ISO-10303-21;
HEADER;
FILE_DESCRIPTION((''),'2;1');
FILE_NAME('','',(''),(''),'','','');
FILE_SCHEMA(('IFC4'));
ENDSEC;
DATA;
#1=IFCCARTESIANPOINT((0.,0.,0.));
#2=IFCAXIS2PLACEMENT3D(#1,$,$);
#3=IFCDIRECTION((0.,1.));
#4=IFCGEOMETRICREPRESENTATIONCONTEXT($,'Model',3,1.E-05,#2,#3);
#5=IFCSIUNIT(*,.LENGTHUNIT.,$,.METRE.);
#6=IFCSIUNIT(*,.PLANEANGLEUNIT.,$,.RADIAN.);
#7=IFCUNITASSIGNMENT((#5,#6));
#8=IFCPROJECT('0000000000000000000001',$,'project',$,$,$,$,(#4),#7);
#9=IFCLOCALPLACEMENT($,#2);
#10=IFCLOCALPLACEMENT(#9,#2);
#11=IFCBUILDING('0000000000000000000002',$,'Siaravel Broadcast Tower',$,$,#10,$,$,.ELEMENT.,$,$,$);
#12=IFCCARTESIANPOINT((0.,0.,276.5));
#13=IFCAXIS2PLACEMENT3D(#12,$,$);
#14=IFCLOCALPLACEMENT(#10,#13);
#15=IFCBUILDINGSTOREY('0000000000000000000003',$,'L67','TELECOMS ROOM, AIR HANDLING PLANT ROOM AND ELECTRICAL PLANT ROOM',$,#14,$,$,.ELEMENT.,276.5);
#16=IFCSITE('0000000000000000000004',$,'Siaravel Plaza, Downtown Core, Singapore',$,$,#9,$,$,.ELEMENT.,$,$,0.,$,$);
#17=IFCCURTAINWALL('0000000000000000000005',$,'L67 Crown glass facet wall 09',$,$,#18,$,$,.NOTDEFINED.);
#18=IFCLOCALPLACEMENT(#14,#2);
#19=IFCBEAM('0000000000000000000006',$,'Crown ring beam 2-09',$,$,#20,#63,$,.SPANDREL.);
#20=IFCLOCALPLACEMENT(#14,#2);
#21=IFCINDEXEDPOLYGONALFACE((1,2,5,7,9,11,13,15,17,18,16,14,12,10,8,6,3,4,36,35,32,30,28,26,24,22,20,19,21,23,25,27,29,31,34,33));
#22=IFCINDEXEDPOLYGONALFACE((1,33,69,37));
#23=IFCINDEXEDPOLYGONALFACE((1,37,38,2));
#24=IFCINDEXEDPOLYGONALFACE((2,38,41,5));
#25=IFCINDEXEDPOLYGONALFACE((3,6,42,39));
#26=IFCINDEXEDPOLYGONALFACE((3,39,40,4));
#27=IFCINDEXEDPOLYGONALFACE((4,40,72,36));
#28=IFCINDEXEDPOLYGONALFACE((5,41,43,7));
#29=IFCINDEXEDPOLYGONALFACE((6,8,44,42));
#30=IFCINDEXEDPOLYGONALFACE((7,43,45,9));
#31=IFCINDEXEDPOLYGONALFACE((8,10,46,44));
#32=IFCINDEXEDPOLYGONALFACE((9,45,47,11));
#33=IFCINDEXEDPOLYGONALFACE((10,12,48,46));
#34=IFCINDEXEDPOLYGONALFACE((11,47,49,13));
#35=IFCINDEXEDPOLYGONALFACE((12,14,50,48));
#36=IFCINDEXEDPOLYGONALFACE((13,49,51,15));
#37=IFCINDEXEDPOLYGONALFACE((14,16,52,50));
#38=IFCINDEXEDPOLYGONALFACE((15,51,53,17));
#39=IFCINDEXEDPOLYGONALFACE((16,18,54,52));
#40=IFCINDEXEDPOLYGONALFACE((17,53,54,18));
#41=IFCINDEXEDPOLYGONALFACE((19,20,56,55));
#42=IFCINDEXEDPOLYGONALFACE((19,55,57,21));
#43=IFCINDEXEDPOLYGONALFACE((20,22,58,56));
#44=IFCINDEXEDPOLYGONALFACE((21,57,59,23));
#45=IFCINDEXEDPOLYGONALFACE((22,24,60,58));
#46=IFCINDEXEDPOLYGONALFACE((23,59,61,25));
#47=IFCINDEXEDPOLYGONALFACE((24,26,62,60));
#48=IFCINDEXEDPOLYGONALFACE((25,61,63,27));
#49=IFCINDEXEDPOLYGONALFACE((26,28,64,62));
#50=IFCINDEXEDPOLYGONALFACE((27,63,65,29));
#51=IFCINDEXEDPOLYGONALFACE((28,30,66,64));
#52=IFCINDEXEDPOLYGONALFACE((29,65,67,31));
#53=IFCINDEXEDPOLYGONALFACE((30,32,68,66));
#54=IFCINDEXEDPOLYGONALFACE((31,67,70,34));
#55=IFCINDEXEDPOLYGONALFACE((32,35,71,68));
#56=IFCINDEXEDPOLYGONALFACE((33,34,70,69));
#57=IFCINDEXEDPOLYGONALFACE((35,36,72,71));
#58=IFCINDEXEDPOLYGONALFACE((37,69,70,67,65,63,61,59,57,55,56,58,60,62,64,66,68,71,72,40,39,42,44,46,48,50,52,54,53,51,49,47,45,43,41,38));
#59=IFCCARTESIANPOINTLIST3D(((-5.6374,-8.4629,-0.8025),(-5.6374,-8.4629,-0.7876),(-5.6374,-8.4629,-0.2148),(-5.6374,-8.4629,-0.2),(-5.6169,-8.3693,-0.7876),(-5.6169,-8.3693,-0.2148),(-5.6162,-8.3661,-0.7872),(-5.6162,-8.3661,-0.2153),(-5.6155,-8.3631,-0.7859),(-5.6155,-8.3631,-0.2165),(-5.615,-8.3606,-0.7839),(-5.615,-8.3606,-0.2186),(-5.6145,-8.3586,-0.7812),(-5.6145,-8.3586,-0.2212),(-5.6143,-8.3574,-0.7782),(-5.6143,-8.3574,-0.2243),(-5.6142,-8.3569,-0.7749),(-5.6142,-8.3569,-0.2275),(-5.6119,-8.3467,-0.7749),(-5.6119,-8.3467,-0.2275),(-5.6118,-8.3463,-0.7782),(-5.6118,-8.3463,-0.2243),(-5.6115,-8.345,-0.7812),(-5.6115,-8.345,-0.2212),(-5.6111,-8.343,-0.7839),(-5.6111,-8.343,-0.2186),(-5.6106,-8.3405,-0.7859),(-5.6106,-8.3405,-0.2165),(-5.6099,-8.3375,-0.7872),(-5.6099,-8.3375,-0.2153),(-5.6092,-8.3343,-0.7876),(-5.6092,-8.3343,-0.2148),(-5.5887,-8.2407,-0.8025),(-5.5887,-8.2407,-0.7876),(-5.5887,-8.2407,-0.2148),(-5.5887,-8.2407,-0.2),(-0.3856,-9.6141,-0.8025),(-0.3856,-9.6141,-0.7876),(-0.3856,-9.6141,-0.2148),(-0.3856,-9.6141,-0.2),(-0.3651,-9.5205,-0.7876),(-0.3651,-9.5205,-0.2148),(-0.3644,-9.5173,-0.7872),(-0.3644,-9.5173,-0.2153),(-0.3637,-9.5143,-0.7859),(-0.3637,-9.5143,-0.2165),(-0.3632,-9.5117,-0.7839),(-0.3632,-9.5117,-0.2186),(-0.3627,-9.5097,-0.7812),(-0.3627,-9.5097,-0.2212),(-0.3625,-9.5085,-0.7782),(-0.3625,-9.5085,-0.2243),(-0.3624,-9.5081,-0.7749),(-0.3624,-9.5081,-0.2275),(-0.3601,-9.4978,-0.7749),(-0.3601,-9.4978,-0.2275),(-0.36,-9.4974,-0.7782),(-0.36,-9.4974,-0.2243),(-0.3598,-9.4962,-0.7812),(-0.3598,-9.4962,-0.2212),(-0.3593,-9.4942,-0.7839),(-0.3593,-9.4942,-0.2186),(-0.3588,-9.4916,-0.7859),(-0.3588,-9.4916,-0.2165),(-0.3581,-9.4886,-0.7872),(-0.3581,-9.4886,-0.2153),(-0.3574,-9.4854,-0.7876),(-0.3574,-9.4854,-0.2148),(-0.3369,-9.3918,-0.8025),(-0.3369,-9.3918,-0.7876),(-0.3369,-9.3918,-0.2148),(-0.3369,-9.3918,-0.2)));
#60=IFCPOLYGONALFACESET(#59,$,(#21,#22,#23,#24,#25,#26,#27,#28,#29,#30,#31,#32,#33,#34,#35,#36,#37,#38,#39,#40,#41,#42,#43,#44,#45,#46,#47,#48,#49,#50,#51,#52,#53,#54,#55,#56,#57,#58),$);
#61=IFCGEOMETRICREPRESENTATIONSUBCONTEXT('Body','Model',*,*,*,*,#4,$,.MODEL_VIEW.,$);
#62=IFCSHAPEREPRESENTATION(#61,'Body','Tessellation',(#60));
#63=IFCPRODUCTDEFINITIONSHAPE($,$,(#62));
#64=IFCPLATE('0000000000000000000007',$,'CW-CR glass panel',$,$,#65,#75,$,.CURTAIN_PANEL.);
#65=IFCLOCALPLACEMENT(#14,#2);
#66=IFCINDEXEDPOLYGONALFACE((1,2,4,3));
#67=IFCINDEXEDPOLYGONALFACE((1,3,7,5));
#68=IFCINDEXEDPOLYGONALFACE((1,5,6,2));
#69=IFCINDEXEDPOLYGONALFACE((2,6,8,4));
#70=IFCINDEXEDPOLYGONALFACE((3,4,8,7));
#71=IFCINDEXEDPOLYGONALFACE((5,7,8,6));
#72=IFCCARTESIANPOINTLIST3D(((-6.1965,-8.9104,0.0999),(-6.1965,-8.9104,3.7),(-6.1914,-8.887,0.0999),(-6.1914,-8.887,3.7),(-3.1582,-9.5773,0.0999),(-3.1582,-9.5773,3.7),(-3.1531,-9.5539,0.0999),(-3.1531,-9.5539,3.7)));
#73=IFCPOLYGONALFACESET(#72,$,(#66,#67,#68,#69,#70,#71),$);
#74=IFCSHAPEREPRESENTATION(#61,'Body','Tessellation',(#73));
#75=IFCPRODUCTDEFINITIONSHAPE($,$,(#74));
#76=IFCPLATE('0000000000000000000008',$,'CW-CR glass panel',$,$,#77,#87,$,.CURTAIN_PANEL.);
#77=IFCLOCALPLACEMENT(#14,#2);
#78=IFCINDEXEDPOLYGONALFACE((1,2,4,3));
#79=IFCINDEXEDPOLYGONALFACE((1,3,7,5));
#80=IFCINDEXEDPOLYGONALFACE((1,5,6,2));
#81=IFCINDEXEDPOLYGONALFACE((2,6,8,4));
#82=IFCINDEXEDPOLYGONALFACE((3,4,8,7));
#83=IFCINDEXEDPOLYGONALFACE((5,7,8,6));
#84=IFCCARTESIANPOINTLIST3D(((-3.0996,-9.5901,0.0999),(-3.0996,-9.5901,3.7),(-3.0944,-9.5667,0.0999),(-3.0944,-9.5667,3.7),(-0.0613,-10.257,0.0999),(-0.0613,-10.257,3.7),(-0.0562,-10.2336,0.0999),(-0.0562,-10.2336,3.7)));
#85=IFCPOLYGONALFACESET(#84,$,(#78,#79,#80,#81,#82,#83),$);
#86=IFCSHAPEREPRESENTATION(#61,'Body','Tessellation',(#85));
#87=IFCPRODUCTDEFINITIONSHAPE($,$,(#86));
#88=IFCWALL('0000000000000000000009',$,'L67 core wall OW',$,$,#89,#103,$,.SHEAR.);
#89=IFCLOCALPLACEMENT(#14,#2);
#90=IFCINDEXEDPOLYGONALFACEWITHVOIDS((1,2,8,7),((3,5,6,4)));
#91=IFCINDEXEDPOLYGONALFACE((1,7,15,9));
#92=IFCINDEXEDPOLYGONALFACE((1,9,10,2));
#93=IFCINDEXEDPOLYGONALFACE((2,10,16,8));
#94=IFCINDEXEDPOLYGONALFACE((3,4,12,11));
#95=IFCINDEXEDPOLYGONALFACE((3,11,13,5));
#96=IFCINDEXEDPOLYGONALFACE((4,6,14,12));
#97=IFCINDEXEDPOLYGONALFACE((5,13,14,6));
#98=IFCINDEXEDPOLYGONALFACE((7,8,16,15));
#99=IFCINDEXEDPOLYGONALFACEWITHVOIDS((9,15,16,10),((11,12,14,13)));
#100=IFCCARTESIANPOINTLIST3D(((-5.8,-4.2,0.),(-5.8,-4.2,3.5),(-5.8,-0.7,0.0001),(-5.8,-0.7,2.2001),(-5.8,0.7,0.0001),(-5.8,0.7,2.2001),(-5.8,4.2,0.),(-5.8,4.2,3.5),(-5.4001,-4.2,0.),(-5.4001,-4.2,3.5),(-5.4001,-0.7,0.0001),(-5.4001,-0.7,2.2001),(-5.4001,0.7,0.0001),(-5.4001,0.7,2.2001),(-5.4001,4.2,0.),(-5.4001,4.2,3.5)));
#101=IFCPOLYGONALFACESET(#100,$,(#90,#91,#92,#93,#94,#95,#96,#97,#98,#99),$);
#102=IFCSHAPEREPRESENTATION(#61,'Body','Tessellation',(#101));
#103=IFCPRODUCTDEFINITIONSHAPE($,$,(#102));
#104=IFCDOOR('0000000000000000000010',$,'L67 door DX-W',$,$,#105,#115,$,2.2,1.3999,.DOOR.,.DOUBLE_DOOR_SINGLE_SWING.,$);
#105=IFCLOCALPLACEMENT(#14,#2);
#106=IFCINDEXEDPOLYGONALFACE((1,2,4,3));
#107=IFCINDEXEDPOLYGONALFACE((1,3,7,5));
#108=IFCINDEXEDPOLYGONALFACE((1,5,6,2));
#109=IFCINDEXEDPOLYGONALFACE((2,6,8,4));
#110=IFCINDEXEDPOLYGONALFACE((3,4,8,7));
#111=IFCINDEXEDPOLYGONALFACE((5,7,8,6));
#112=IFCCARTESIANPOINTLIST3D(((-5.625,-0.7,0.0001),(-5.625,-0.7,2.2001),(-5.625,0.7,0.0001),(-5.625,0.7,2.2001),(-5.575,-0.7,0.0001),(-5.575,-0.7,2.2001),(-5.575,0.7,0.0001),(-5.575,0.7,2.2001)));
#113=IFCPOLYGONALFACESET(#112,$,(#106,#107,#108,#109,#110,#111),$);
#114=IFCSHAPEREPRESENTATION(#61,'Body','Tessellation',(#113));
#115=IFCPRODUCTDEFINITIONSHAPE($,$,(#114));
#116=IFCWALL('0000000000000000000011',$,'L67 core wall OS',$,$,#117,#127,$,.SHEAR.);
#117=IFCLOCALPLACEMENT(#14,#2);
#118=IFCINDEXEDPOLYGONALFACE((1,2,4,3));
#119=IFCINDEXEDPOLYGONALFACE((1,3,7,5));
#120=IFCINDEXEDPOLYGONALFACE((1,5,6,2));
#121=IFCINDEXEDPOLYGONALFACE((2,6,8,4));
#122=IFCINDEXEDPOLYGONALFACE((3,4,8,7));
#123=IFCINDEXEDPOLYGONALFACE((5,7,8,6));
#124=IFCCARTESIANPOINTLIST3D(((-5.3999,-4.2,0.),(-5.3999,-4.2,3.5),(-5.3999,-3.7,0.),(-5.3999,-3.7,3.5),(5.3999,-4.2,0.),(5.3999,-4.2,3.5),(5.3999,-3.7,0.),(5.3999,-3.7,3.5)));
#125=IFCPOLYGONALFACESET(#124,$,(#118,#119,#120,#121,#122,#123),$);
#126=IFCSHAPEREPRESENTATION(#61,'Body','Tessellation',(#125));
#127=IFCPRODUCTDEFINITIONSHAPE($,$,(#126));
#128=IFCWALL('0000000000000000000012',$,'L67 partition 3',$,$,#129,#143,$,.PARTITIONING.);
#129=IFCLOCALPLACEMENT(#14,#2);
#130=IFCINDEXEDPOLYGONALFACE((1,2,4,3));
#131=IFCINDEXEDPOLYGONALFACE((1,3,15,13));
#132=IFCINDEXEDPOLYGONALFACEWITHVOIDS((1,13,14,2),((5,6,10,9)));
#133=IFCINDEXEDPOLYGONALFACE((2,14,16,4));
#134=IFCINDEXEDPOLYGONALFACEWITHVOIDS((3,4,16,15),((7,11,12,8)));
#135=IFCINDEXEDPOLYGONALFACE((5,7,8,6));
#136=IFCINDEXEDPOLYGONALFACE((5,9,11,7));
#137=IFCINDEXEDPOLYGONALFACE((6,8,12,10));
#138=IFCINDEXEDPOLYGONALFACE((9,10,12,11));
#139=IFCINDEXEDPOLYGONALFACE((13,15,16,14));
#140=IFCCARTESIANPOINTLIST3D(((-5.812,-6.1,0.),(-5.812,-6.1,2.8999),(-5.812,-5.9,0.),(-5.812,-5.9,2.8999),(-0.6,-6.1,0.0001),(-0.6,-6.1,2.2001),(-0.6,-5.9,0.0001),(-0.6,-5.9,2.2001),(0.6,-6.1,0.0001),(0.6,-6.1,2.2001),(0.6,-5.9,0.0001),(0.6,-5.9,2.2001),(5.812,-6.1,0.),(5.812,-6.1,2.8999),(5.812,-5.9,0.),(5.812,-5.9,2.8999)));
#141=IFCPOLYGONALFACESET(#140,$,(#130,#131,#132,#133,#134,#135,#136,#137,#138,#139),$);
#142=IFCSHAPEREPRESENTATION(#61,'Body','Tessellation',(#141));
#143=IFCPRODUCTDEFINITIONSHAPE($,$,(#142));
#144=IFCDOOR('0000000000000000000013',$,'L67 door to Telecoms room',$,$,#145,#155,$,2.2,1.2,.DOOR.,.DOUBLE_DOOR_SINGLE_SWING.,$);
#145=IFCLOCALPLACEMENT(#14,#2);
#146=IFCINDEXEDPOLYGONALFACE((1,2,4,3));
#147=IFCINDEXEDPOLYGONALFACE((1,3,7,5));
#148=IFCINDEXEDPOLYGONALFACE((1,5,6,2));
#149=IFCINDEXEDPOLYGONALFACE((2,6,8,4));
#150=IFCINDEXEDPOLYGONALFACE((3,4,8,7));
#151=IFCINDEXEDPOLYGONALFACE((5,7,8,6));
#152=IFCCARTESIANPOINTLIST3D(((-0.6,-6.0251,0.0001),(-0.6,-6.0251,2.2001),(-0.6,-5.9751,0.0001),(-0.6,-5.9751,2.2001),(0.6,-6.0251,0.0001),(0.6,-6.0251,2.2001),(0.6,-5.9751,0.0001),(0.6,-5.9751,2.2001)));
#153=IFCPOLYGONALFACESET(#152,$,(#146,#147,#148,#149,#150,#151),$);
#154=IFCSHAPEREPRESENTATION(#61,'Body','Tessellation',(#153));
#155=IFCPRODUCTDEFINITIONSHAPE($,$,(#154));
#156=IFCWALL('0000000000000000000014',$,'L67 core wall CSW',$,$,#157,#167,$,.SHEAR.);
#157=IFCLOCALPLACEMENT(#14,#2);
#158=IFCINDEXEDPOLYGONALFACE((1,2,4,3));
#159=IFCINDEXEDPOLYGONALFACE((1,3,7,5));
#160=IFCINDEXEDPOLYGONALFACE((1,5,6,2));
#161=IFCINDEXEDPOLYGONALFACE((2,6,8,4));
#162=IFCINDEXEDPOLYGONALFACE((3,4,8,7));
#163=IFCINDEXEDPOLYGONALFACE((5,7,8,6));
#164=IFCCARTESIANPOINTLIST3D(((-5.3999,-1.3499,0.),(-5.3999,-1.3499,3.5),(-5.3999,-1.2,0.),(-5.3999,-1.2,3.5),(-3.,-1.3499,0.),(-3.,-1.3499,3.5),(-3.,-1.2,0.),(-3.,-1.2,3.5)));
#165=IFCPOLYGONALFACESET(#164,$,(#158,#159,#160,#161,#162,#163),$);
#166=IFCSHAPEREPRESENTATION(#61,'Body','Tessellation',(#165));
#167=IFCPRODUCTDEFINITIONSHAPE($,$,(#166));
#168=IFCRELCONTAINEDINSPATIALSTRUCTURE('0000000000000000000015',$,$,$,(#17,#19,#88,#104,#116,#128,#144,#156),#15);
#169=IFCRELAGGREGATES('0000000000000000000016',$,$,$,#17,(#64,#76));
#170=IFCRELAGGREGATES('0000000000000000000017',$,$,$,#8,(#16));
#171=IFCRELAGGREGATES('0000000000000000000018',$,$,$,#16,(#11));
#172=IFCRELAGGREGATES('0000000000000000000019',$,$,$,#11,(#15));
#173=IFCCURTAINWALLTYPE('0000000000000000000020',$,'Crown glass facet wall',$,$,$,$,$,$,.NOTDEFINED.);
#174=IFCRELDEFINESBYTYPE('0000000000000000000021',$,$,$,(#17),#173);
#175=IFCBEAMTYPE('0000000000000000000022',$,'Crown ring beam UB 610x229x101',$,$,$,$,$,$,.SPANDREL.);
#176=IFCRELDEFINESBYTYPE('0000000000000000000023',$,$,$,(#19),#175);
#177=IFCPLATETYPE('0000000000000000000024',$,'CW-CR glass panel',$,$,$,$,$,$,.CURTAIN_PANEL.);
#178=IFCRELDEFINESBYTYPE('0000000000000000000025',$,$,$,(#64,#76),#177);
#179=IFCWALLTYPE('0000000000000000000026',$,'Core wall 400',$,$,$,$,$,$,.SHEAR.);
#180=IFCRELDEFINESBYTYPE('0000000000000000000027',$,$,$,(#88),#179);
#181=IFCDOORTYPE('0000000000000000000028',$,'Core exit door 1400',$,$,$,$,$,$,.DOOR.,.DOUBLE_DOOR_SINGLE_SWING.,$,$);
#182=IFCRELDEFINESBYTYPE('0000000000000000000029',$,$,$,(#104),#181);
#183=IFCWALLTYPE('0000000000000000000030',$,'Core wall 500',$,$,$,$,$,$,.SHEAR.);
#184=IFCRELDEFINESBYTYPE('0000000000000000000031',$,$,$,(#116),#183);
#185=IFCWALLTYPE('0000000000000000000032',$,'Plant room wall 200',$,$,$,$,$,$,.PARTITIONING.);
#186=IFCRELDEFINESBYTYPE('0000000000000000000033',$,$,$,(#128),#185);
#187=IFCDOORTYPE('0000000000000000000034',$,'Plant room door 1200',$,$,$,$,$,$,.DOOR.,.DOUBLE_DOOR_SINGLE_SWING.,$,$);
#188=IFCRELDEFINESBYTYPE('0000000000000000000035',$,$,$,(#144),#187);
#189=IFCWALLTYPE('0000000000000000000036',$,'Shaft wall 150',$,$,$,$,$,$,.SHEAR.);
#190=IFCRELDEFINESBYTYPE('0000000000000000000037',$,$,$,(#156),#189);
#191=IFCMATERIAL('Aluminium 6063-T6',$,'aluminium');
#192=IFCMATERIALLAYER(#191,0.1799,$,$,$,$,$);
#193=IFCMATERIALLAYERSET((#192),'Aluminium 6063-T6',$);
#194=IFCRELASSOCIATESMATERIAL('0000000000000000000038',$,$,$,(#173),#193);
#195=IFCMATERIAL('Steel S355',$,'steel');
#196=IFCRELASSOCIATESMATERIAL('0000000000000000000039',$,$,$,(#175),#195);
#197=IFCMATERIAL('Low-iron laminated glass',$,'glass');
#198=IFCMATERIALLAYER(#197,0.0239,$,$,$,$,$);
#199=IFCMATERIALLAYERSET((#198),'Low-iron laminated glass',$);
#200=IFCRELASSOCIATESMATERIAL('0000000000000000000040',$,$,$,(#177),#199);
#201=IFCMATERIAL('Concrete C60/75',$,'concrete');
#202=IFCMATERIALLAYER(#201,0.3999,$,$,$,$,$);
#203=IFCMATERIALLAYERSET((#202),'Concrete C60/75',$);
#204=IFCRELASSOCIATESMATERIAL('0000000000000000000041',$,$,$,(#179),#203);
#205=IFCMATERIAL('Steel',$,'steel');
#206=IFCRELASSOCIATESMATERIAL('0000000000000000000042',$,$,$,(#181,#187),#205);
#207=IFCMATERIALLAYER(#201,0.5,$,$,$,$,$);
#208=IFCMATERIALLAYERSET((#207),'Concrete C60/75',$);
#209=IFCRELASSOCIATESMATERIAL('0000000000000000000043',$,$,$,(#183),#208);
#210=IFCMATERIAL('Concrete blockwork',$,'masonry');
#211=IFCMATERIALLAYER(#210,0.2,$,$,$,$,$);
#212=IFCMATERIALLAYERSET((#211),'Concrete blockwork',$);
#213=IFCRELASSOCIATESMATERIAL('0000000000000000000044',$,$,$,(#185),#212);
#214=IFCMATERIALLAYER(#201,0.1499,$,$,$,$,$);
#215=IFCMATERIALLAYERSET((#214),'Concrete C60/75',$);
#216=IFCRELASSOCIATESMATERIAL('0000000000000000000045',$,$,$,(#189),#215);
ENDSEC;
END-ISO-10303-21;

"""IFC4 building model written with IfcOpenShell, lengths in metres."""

from ifc_helpers import new_model, si_unit, direction, frame, frame_2d, origin, origin_2d, place, context, subcontext, project, spatial, rectangle, i_section, extrude, material, layer, layer_set, material_profile, profile_set, type_object, element, fill, aggregate, save


model = new_model("IFC4")

# Units and contexts
model_context = context("Model", 3, precision=1e-05, world=origin(), true_north=direction((0.0, 1.0)))
body_context = subcontext(model_context, "Body", "Model", "MODEL_VIEW")
ifc_project = project(units=[si_unit("LENGTHUNIT", "METRE"), si_unit("PLANEANGLEUNIT", "RADIAN")], contexts=[model_context])

# Site, building, storey
site_placement = place(None, origin())
site = spatial("IfcSite", under=ifc_project, at=site_placement, Name="Siaravel Plaza, Downtown Core, Singapore", CompositionType="ELEMENT", RefElevation=0.0)
building_placement = place(site_placement, origin())
building = spatial("IfcBuilding", under=site, at=building_placement, Name="Siaravel Broadcast Tower", CompositionType="ELEMENT")
storey_placement = place(building_placement, frame((0.0, 0.0, 276.5)))
storey = spatial("IfcBuildingStorey", under=building, at=storey_placement, Name="L67", Description="TELECOMS ROOM, AIR HANDLING PLANT ROOM AND ELECTRICAL PLANT ROOM", CompositionType="ELEMENT", Elevation=276.5)

# Curtain wall
ifc_material_1 = material(Name="Aluminium 6063-T6", Category="aluminium")
ifc_layer_1 = layer(ifc_material_1, 0.1799)
ifc_layer_set_1 = layer_set([ifc_layer_1], Name="Aluminium 6063-T6")
curtain_wall_type = type_object("IfcCurtainWallType", Name="Crown glass facet wall", PredefinedType="NOTDEFINED", material=ifc_layer_set_1)
curtain_wall_placement = place(storey_placement, origin())
curtain_wall = element("IfcCurtainWall", 1, at=curtain_wall_placement, inside=storey, type_object=curtain_wall_type, Name="L67 Crown glass facet wall 09", PredefinedType="NOTDEFINED")

# Beam
ifc_material_2 = material(Name="Steel S355", Category="steel")
ifc_material_profile_1 = material_profile(ifc_material_2, i_section(OverallWidth=0.2275, OverallDepth=0.6025, WebThickness=0.0105, FlangeThickness=0.0149, FilletRadius=0.0127, at=origin_2d()))
ifc_profile_set_1 = profile_set([ifc_material_profile_1], Name="Steel S355")
beam_type_1 = type_object("IfcBeamType", Name="Crown ring beam UB 610x229x101", PredefinedType="SPANDREL", material=ifc_profile_set_1)
beam_1_placement = place(storey_placement, frame((-5.613, -8.3518, -0.5012), z_axis=(0.97681, -0.214107, 0.0), x_axis=(0.214107, 0.97681, 0.0)))
element("IfcBeam", 2, at=beam_1_placement, inside=storey, type_object=beam_type_1, Name="Crown ring beam 2-09", PredefinedType="SPANDREL", context=body_context, shape_type="SweptSolid", body=[
    extrude(i_section(OverallWidth=0.2275, OverallDepth=0.6025, WebThickness=0.0105, FlangeThickness=0.0149, FilletRadius=0.0127, at=origin_2d()), origin(), (0.0, 0.0, 1.0), 5.3765),
])

# Plates
ifc_material_3 = material(Name="Low-iron laminated glass", Category="glass")
ifc_layer_2 = layer(ifc_material_3, 0.0239)
ifc_layer_set_2 = layer_set([ifc_layer_2], Name="Low-iron laminated glass")
plate_type = type_object("IfcPlateType", Name="CW-CR glass panel", PredefinedType="CURTAIN_PANEL", material=ifc_layer_set_2)
plate_1_placement = place(storey_placement, frame((-4.6748, -9.2322, 0.0999), z_axis=(0.0, 0.0, 1.0), x_axis=(0.976747, -0.214394, 0.0)))
plate_1 = element("IfcPlate", 3, at=plate_1_placement, type_object=plate_type, Name="CW-CR glass panel", PredefinedType="CURTAIN_PANEL", context=body_context, shape_type="SweptSolid", body=[
    extrude(rectangle(XDim=3.1106, YDim=0.0239, at=origin_2d()), origin(), (0.0, 0.0, 1.0), 3.6001),
])
plate_2_placement = place(storey_placement, frame((-1.5779, -9.9119, 0.0999), z_axis=(0.0, 0.0, 1.0), x_axis=(0.976747, -0.214394, 0.0)))
plate_2 = element("IfcPlate", 4, at=plate_2_placement, type_object=plate_type, Name="CW-CR glass panel", PredefinedType="CURTAIN_PANEL", context=body_context, shape_type="SweptSolid", body=[
    extrude(rectangle(XDim=3.1106, YDim=0.0239, at=origin_2d()), origin(), (0.0, 0.0, 1.0), 3.6001),
])
aggregate(curtain_wall, [plate_1, plate_2])

# Wall, opening, door
ifc_material_4 = material(Name="Concrete C60/75", Category="concrete")
ifc_layer_3 = layer(ifc_material_4, 0.3999)
ifc_layer_set_3 = layer_set([ifc_layer_3], Name="Concrete C60/75")
wall_type_1 = type_object("IfcWallType", Name="Core wall 400", PredefinedType="SHEAR", material=ifc_layer_set_3)
wall_1_placement = place(storey_placement, frame((-5.6001, -4.2, 0.0), z_axis=(0.0, 0.0, 1.0), x_axis=(0.0, 1.0, 0.0)))
wall_1 = element("IfcWall", 5, at=wall_1_placement, inside=storey, type_object=wall_type_1, Name="L67 core wall OW", PredefinedType="SHEAR", context=body_context, shape_type="SweptSolid", body=[
    extrude(rectangle(XDim=8.3999, YDim=0.3999, at=frame_2d((4.2, 0.0))), origin(), (0.0, 0.0, 1.0), 3.5),
])
opening_1_placement = place(wall_1_placement, frame((3.5, 0.0, 0.0)))
opening_1 = element("IfcOpeningElement", 6, at=opening_1_placement, cuts=wall_1, PredefinedType="OPENING", context=body_context, shape_type="SweptSolid", body=[
    extrude(rectangle(XDim=1.3999, YDim=2.2, at=frame_2d((0.7, 1.1001))), frame((0.0, 0.21, 0.0), z_axis=(0.0, -1.0, 0.0), x_axis=(1.0, 0.0, 0.0)), (0.0, 0.0, 1.0), 0.4199),
])
ifc_material_5 = material(Name="Steel", Category="steel")
door_type_1 = type_object("IfcDoorType", Name="Core exit door 1400", OperationType="DOUBLE_DOOR_SINGLE_SWING", PredefinedType="DOOR", material=ifc_material_5)
door_1_placement = place(opening_1_placement, origin())
door_1 = element("IfcDoor", 7, at=door_1_placement, inside=storey, type_object=door_type_1, Name="L67 door DX-W", OperationType="DOUBLE_DOOR_SINGLE_SWING", OverallHeight=2.2, OverallWidth=1.3999, PredefinedType="DOOR", context=body_context, shape_type="SweptSolid", body=[
    extrude(rectangle(XDim=1.3999, YDim=2.2, at=frame_2d((0.7, 1.1001))), frame((0.0, 0.0249, 0.0), z_axis=(0.0, -1.0, 0.0), x_axis=(1.0, 0.0, 0.0)), (0.0, 0.0, 1.0), 0.05),
])
fill(opening_1, door_1)

# Wall
ifc_layer_4 = layer(ifc_material_4, 0.5)
ifc_layer_set_4 = layer_set([ifc_layer_4], Name="Concrete C60/75")
wall_type_2 = type_object("IfcWallType", Name="Core wall 500", PredefinedType="SHEAR", material=ifc_layer_set_4)
wall_2_placement = place(storey_placement, frame((-5.3999, -3.95, 0.0), z_axis=(0.0, 0.0, 1.0), x_axis=(1.0, 0.0, 0.0)))
element("IfcWall", 8, at=wall_2_placement, inside=storey, type_object=wall_type_2, Name="L67 core wall OS", PredefinedType="SHEAR", context=body_context, shape_type="SweptSolid", body=[
    extrude(rectangle(XDim=10.7998, YDim=0.5, at=frame_2d((5.3999, 0.0))), origin(), (0.0, 0.0, 1.0), 3.5),
])

# Wall, opening, door
ifc_material_6 = material(Name="Concrete blockwork", Category="masonry")
ifc_layer_5 = layer(ifc_material_6, 0.2)
ifc_layer_set_5 = layer_set([ifc_layer_5], Name="Concrete blockwork")
wall_type_3 = type_object("IfcWallType", Name="Plant room wall 200", PredefinedType="PARTITIONING", material=ifc_layer_set_5)
wall_3_placement = place(storey_placement, frame((-5.812, -6.0, 0.0), z_axis=(0.0, 0.0, 1.0), x_axis=(1.0, 0.0, 0.0)))
wall_3 = element("IfcWall", 9, at=wall_3_placement, inside=storey, type_object=wall_type_3, Name="L67 partition 3", PredefinedType="PARTITIONING", context=body_context, shape_type="SweptSolid", body=[
    extrude(rectangle(XDim=11.624, YDim=0.2, at=frame_2d((5.812, 0.0))), origin(), (0.0, 0.0, 1.0), 2.8999),
])
opening_2_placement = place(wall_3_placement, frame((5.2119, 0.0, 0.0)))
opening_2 = element("IfcOpeningElement", 10, at=opening_2_placement, cuts=wall_3, PredefinedType="OPENING", context=body_context, shape_type="SweptSolid", body=[
    extrude(rectangle(XDim=1.2, YDim=2.2, at=frame_2d((0.6001, 1.1001))), frame((0.0, 0.1099, 0.0), z_axis=(0.0, -1.0, 0.0), x_axis=(1.0, 0.0, 0.0)), (0.0, 0.0, 1.0), 0.22),
])
door_type_2 = type_object("IfcDoorType", Name="Plant room door 1200", OperationType="DOUBLE_DOOR_SINGLE_SWING", PredefinedType="DOOR", material=ifc_material_5)
door_2_placement = place(opening_2_placement, origin())
door_2 = element("IfcDoor", 11, at=door_2_placement, inside=storey, type_object=door_type_2, Name="L67 door to Telecoms room", OperationType="DOUBLE_DOOR_SINGLE_SWING", OverallHeight=2.2, OverallWidth=1.2, PredefinedType="DOOR", context=body_context, shape_type="SweptSolid", body=[
    extrude(rectangle(XDim=1.2, YDim=2.2, at=frame_2d((0.6001, 1.1001))), frame((0.0, 0.0249, 0.0), z_axis=(0.0, -1.0, 0.0), x_axis=(1.0, 0.0, 0.0)), (0.0, 0.0, 1.0), 0.05),
])
fill(opening_2, door_2)

# Wall
ifc_layer_6 = layer(ifc_material_4, 0.1499)
ifc_layer_set_6 = layer_set([ifc_layer_6], Name="Concrete C60/75")
wall_type_4 = type_object("IfcWallType", Name="Shaft wall 150", PredefinedType="SHEAR", material=ifc_layer_set_6)
wall_4_placement = place(storey_placement, frame((-5.3999, -1.2749, 0.0), z_axis=(0.0, 0.0, 1.0), x_axis=(1.0, 0.0, 0.0)))
element("IfcWall", 12, at=wall_4_placement, inside=storey, type_object=wall_type_4, Name="L67 core wall CSW", PredefinedType="SHEAR", context=body_context, shape_type="SweptSolid", body=[
    extrude(rectangle(XDim=2.3999, YDim=0.1499, at=frame_2d((1.2, 0.0))), origin(), (0.0, 0.0, 1.0), 3.5),
])

save(model, "model.ifc")
